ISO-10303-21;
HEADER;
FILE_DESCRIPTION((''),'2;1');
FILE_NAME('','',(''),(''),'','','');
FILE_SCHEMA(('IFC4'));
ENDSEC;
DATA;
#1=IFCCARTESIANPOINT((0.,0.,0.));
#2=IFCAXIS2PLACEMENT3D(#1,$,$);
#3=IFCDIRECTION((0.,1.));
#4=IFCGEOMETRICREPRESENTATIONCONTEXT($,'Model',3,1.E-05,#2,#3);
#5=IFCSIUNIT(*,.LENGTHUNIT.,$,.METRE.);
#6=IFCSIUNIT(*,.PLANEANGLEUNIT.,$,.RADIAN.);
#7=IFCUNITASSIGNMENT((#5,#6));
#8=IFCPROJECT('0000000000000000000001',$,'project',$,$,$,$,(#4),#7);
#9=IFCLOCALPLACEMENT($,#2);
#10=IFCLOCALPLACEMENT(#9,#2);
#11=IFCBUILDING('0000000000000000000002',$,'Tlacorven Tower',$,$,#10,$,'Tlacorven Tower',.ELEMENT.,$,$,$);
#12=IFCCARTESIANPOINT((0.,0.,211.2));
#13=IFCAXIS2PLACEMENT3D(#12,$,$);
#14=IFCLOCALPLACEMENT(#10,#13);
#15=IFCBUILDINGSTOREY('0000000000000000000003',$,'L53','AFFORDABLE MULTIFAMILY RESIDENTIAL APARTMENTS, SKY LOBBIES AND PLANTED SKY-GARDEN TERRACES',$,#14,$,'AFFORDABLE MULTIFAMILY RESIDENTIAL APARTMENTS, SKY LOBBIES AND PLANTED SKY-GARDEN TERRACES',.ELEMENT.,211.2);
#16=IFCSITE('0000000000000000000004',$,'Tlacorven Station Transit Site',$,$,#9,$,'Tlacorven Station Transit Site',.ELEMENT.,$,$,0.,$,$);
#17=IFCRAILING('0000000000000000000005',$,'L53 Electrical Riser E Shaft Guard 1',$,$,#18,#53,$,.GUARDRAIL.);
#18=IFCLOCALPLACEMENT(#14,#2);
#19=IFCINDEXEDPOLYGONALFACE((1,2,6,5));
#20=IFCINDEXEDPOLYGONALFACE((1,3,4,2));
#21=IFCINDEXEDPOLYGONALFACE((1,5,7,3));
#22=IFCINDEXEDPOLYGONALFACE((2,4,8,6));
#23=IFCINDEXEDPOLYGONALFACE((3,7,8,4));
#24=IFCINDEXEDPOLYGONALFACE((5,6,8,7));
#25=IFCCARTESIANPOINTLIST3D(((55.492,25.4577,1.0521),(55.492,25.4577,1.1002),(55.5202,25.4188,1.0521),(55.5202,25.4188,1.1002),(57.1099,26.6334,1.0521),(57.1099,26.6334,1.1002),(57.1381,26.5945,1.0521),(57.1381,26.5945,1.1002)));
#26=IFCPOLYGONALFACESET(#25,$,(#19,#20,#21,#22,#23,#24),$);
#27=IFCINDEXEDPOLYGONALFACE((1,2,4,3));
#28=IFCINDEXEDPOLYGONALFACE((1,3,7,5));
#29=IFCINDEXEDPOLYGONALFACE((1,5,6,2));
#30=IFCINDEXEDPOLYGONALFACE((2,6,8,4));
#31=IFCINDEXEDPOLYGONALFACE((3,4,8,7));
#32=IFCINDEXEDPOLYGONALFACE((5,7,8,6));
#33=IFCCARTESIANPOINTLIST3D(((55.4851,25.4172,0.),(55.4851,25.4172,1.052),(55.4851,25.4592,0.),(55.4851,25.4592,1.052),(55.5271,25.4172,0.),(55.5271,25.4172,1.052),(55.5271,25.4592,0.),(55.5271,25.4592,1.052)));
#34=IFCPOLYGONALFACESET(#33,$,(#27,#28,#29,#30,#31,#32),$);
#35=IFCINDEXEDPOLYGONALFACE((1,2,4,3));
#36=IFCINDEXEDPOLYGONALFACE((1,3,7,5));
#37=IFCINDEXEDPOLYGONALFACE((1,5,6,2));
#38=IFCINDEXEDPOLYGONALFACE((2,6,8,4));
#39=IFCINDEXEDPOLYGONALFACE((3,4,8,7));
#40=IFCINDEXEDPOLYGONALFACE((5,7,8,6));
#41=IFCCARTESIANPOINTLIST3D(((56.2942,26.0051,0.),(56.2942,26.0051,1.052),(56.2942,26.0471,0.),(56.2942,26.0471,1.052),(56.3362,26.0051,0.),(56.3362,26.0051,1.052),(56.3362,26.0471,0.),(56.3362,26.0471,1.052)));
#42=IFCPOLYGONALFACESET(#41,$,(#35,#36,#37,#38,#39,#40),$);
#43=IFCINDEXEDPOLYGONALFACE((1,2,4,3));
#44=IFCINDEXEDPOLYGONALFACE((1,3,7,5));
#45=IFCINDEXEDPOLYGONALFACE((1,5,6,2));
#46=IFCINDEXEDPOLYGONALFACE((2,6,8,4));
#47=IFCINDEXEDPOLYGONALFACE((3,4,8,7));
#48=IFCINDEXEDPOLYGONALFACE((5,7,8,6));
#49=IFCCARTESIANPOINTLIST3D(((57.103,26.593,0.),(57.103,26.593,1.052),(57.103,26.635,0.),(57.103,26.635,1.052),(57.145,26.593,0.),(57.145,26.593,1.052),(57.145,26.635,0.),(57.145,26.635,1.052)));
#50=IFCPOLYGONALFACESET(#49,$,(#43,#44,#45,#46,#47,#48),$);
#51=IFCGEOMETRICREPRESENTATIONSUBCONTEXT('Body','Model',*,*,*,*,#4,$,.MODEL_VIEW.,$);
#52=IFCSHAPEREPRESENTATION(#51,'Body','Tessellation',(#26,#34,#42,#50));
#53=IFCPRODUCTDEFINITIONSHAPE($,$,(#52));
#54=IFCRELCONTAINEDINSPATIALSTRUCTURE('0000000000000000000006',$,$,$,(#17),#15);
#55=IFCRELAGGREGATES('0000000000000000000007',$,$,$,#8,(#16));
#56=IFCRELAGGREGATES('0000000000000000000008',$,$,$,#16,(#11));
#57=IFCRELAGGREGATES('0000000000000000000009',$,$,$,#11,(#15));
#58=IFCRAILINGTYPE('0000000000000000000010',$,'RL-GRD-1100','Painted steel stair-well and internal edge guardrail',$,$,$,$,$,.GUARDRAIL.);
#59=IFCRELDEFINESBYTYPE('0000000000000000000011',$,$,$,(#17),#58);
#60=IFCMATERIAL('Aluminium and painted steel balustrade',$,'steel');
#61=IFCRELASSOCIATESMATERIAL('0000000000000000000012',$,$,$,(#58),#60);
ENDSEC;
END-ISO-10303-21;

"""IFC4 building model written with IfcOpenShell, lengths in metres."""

from ifc_helpers import new_model, si_unit, direction, frame, origin, origin_2d, place, context, subcontext, project, spatial, rectangle, extrude, source, transform, mapped, material, type_object, element, save


model = new_model("IFC4")

# Units and contexts
model_context = context("Model", 3, precision=1e-05, world=origin(), true_north=direction((0.0, 1.0)))
body_context = subcontext(model_context, "Body", "Model", "MODEL_VIEW")
ifc_project = project(units=[si_unit("LENGTHUNIT", "METRE"), si_unit("PLANEANGLEUNIT", "RADIAN")], contexts=[model_context])

# Site, building, storey
site_placement = place(None, origin())
site = spatial("IfcSite", under=ifc_project, at=site_placement, Name="Tlacorven Station Transit Site", LongName="Tlacorven Station Transit Site", CompositionType="ELEMENT", RefElevation=0.0)
building_placement = place(site_placement, origin())
building = spatial("IfcBuilding", under=site, at=building_placement, Name="Tlacorven Tower", LongName="Tlacorven Tower", CompositionType="ELEMENT")
storey_placement = place(building_placement, frame((0.0, 0.0, 211.2)))
storey = spatial("IfcBuildingStorey", under=building, at=storey_placement, Name="L53", Description="AFFORDABLE MULTIFAMILY RESIDENTIAL APARTMENTS, SKY LOBBIES AND PLANTED SKY-GARDEN TERRACES", LongName="AFFORDABLE MULTIFAMILY RESIDENTIAL APARTMENTS, SKY LOBBIES AND PLANTED SKY-GARDEN TERRACES", CompositionType="ELEMENT", Elevation=211.2)

# Railing
ifc_material_1 = material(Name="Aluminium and painted steel balustrade", Category="steel")
railing_type = type_object("IfcRailingType", Name="RL-GRD-1100", Description="Painted steel stair-well and internal edge guardrail", PredefinedType="GUARDRAIL", material=ifc_material_1)
shared_shape_1 = source(origin(), body_context, "Body", "SweptSolid", [
    extrude(rectangle(XDim=0.0481, YDim=0.0481, at=origin_2d()), frame((0.0, 0.0, 1.0762), z_axis=(0.808947, 0.587881, 0.0), x_axis=(-0.587881, 0.808947, 0.0)), (0.0, 0.0, 1.0), 2.0),
    extrude(rectangle(XDim=0.042, YDim=0.042, at=origin_2d()), origin(), (0.0, 0.0, 1.0), 1.052),
    extrude(rectangle(XDim=0.042, YDim=0.042, at=origin_2d()), frame((0.8091, 0.5879, 0.0)), (0.0, 0.0, 1.0), 1.052),
    extrude(rectangle(XDim=0.042, YDim=0.042, at=origin_2d()), frame((1.6179, 1.1758, 0.0)), (0.0, 0.0, 1.0), 1.052),
])
railing_placement = place(storey_placement, frame((55.5061, 25.4382, 0.0)))
element("IfcRailing", 1, at=railing_placement, inside=storey, type_object=railing_type, Name="L53 Electrical Riser E Shaft Guard 1", PredefinedType="GUARDRAIL", context=body_context, shape_type="MappedRepresentation", body=[
    mapped(shared_shape_1, transform((0.0, 0.0, 0.0), scale=1.0)),
])

save(model, "model.ifc")
